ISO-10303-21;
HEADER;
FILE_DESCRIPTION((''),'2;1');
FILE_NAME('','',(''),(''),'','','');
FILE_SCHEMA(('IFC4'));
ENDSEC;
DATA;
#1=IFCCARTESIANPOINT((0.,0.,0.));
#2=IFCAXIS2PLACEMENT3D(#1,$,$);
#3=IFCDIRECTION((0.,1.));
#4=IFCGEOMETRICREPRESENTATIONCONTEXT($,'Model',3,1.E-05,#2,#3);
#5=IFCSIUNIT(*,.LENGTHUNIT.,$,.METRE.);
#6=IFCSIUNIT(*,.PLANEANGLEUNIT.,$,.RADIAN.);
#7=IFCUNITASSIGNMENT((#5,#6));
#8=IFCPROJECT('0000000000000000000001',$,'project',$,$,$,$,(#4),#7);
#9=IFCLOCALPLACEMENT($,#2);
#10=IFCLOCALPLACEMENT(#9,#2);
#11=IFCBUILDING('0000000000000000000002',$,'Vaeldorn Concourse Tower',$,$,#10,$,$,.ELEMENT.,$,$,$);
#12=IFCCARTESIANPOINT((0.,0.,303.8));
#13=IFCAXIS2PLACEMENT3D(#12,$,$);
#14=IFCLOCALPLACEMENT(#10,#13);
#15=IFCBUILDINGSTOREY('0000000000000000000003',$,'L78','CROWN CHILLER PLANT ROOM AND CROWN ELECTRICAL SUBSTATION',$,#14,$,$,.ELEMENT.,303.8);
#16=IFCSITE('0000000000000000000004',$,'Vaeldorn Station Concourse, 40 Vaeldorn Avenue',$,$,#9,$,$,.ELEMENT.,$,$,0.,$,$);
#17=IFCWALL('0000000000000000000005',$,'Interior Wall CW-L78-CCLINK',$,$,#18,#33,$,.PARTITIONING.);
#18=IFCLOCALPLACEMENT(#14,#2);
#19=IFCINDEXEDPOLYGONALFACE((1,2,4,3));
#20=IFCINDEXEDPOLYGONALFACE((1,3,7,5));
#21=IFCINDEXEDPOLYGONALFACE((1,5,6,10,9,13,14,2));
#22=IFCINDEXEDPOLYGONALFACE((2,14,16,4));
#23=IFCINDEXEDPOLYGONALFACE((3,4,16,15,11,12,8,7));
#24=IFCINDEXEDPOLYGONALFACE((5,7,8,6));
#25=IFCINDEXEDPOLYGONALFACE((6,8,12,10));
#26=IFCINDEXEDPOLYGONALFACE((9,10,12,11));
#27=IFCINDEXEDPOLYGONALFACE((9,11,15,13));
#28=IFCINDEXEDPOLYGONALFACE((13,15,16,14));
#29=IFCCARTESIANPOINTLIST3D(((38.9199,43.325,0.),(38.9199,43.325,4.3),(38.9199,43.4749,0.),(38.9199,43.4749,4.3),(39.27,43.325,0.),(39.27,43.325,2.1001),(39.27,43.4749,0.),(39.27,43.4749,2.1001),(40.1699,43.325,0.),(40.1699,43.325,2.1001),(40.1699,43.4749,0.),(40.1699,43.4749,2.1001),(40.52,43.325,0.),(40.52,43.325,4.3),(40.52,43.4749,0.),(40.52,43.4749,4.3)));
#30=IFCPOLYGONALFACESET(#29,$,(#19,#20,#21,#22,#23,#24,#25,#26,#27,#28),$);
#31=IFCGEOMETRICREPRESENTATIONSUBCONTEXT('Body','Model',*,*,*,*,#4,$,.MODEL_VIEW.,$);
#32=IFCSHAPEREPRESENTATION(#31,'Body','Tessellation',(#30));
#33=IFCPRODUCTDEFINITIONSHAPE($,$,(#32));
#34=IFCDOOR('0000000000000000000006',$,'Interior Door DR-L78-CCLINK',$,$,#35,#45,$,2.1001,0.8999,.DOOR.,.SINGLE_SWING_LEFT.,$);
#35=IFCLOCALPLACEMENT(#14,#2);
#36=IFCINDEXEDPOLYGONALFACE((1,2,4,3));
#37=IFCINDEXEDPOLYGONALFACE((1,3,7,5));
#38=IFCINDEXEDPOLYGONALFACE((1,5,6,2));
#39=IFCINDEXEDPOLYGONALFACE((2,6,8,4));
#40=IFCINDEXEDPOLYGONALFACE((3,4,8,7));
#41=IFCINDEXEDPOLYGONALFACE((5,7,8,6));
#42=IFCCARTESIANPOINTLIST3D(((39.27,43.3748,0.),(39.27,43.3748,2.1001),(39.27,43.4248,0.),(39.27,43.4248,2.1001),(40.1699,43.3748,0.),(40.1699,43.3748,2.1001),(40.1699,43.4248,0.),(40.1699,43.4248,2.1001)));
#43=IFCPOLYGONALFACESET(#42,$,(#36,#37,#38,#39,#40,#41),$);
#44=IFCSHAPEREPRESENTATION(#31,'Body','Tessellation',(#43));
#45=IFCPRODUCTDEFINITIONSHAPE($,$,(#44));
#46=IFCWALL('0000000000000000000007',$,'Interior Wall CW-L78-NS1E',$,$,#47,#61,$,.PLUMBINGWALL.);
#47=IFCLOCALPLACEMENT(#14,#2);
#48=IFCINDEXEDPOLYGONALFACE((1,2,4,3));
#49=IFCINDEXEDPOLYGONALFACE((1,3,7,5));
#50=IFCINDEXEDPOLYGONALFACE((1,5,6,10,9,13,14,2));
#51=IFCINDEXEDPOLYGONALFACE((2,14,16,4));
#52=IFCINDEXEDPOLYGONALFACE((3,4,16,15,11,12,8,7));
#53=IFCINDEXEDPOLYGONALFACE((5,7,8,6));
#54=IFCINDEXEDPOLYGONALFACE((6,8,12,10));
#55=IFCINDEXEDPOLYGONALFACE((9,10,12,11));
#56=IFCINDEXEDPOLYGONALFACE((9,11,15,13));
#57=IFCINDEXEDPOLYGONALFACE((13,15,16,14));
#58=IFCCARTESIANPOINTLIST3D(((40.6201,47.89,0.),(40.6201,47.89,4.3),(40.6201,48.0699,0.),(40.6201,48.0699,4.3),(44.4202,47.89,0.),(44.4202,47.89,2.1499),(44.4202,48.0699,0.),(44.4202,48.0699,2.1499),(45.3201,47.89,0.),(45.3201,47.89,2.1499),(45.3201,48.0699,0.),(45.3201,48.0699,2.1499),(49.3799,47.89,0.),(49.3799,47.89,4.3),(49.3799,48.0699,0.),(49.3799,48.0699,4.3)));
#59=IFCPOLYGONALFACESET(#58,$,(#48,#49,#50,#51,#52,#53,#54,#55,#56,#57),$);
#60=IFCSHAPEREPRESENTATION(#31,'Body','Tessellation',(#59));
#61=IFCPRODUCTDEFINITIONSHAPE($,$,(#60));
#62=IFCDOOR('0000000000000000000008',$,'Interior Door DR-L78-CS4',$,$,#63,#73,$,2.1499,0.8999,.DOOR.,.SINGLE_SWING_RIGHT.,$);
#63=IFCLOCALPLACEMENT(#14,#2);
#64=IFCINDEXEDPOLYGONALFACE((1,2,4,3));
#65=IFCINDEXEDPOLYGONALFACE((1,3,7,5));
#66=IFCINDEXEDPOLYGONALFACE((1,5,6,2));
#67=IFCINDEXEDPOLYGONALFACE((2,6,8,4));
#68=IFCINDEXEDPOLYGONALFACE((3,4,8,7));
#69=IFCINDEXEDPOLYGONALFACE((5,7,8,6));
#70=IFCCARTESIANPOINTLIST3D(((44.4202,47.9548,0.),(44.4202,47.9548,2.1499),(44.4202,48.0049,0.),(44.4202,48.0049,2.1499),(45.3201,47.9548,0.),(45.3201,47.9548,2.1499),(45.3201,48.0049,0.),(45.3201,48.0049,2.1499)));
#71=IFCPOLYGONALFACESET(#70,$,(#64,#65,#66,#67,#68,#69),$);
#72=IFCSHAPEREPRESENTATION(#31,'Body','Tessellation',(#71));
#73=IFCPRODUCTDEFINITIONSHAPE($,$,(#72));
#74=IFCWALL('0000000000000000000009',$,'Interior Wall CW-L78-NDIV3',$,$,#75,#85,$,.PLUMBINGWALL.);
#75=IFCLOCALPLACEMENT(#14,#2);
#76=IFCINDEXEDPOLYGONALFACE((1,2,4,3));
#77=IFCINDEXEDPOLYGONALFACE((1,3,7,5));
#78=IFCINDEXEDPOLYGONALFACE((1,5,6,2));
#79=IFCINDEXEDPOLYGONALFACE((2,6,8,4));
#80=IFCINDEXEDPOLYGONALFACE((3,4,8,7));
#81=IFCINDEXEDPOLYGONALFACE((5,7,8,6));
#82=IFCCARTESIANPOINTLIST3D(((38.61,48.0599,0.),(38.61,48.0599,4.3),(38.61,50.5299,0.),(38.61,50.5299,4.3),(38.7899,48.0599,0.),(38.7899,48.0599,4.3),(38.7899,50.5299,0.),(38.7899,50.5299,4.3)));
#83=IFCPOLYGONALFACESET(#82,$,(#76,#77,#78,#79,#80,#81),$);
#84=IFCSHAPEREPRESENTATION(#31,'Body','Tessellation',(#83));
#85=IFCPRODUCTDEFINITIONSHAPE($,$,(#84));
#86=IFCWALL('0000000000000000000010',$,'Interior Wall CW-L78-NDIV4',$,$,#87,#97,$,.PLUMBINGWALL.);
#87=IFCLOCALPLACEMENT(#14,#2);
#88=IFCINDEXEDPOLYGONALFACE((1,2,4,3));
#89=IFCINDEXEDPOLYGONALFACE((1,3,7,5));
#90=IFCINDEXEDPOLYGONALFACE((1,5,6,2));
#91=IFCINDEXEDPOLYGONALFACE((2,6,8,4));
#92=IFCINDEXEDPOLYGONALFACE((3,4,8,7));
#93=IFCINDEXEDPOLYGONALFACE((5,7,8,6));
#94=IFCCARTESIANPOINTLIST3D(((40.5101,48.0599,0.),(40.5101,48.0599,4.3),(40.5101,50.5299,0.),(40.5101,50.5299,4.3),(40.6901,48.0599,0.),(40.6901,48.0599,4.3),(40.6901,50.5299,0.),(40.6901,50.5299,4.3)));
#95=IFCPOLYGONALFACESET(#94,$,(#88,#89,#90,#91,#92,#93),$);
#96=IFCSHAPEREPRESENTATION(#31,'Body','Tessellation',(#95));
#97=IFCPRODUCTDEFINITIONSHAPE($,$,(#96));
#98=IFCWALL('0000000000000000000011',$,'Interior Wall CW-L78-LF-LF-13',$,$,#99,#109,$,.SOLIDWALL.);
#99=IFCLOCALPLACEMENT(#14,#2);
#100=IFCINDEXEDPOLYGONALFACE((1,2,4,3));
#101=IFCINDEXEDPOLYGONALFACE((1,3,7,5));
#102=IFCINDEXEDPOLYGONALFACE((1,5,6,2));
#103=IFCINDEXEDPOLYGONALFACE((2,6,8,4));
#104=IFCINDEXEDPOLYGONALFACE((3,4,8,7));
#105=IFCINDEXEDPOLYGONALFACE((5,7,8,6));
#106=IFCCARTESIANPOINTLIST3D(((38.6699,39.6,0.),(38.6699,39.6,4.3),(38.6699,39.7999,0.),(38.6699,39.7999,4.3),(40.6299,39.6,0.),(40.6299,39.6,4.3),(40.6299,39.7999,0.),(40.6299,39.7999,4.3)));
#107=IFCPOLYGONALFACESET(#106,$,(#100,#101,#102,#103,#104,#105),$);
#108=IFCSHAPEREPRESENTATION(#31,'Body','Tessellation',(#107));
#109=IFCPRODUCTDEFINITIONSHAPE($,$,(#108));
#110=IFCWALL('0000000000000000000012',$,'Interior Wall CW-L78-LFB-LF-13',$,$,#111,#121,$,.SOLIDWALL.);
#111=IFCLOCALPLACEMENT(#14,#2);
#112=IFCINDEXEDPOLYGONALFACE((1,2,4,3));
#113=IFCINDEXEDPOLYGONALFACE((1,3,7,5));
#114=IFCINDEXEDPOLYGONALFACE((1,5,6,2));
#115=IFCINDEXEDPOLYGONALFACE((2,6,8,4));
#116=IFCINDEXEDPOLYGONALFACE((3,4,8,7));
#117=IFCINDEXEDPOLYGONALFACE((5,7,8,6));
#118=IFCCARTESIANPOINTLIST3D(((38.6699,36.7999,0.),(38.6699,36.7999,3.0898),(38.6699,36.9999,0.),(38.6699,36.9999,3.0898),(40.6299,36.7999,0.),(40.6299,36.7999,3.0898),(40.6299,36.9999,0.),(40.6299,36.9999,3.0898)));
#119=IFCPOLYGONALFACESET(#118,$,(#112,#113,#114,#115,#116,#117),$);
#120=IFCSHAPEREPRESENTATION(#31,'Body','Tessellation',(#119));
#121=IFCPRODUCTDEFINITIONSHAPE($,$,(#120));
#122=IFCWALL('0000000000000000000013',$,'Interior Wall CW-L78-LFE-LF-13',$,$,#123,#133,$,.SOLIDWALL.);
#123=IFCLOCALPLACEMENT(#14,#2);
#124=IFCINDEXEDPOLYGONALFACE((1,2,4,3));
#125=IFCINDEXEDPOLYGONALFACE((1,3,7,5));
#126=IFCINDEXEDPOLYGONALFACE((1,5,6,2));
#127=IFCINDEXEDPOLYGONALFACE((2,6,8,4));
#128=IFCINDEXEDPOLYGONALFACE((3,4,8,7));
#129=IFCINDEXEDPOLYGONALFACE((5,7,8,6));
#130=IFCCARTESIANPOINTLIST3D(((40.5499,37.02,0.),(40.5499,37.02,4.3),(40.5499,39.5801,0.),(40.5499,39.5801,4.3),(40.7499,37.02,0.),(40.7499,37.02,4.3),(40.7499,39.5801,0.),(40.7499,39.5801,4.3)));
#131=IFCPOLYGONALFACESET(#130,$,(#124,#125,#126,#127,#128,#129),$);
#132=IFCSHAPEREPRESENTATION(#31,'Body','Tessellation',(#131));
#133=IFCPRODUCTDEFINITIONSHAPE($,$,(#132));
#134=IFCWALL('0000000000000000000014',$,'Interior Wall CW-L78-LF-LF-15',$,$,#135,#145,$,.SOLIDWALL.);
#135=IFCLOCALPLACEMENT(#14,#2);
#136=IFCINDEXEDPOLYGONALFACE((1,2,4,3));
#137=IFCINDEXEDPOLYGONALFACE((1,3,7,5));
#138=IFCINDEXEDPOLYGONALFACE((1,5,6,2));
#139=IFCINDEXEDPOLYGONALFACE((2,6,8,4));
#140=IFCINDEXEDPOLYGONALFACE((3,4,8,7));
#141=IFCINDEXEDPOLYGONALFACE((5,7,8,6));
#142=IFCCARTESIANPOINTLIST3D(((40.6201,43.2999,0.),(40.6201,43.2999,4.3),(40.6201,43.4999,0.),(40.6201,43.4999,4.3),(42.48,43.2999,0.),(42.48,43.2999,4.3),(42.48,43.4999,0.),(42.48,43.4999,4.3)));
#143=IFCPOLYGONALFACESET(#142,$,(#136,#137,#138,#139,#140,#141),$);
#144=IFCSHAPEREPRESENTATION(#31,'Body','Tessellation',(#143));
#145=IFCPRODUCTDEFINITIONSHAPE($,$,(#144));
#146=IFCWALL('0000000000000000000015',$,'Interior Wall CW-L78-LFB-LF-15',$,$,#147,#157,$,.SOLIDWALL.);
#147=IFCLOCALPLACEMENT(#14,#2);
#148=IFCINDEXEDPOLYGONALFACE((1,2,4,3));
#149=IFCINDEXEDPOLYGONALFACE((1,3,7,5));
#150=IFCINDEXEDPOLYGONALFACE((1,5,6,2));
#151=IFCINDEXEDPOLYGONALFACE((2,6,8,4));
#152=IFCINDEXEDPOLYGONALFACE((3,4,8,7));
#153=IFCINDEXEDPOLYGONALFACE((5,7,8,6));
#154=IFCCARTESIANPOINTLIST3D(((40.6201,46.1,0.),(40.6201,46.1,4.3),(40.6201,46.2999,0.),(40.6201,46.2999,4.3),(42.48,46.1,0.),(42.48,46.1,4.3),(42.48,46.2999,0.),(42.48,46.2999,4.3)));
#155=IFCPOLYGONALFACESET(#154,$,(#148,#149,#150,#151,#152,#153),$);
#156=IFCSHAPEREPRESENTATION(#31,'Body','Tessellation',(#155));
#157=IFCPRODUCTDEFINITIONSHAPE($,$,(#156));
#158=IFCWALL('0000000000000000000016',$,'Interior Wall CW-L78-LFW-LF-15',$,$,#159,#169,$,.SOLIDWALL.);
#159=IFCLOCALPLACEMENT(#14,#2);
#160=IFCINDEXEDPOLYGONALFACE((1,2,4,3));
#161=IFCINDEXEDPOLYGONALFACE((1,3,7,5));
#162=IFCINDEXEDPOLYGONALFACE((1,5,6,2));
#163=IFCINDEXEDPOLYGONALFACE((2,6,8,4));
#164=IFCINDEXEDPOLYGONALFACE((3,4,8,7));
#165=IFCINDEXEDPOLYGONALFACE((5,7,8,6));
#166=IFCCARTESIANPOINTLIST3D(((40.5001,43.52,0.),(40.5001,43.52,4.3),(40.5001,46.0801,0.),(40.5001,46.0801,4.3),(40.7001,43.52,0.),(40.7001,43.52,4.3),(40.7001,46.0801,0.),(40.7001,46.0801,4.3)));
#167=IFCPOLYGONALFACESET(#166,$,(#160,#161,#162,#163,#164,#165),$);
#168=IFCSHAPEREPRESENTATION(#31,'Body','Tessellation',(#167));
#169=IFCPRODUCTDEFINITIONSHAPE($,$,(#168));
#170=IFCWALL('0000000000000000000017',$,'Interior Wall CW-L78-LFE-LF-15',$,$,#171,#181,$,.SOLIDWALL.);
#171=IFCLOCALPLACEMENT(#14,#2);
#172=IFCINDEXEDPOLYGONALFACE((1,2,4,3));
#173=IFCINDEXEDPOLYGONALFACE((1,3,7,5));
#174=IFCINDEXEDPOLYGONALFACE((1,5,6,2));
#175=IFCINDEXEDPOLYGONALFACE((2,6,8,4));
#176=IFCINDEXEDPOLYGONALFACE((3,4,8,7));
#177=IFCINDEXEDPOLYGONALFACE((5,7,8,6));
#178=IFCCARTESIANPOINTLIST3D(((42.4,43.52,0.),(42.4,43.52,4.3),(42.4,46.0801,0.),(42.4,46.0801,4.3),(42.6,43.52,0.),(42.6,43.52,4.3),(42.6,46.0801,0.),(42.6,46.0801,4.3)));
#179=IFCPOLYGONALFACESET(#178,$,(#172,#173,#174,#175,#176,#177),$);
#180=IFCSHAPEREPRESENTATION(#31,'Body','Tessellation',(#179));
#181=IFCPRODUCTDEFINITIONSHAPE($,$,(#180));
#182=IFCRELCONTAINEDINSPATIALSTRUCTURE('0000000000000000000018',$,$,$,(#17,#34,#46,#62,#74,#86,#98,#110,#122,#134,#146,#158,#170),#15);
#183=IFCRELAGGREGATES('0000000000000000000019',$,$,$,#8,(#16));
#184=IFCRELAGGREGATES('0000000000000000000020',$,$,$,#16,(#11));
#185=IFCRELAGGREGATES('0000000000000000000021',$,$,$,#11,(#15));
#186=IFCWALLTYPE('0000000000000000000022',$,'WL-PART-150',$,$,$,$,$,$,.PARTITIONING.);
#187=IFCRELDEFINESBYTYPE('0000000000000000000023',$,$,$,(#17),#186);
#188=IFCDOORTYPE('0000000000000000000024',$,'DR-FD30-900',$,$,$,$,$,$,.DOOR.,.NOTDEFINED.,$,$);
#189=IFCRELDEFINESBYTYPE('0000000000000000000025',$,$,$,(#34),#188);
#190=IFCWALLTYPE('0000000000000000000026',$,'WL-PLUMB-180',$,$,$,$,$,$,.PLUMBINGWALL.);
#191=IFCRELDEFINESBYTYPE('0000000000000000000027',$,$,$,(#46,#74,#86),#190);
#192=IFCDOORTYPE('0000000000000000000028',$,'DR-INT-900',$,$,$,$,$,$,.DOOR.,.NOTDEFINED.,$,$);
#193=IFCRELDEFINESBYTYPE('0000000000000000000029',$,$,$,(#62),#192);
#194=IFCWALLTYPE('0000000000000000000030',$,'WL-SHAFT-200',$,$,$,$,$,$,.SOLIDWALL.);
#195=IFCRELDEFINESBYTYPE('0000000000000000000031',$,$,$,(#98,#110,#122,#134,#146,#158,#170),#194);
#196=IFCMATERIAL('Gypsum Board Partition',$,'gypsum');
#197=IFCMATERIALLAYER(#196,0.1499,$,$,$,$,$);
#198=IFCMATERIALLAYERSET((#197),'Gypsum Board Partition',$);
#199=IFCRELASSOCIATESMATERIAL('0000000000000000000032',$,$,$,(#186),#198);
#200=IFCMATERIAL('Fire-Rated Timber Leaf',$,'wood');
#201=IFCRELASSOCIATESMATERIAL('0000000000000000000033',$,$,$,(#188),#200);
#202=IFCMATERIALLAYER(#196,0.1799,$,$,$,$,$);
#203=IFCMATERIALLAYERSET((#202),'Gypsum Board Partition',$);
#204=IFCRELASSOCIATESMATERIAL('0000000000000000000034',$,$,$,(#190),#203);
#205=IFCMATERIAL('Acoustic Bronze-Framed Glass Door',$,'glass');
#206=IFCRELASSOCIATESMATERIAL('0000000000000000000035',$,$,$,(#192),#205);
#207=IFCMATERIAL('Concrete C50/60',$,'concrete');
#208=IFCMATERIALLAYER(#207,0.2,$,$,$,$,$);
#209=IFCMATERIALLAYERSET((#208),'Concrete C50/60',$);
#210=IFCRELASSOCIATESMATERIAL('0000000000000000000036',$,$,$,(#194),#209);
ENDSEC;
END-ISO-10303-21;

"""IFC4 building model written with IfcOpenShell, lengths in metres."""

from ifc_helpers import new_model, si_unit, direction, frame, frame_2d, origin, place, context, subcontext, project, spatial, rectangle, extrude, source, transform, mapped, material, layer, layer_set, type_object, element, fill, save


model = new_model("IFC4")

# Units and contexts
model_context = context("Model", 3, precision=1e-05, world=origin(), true_north=direction((0.0, 1.0)))
body_context = subcontext(model_context, "Body", "Model", "MODEL_VIEW")
ifc_project = project(units=[si_unit("LENGTHUNIT", "METRE"), si_unit("PLANEANGLEUNIT", "RADIAN")], contexts=[model_context])

# Site, building, storey
site_placement = place(None, origin())
site = spatial("IfcSite", under=ifc_project, at=site_placement, Name="Vaeldorn Station Concourse, 40 Vaeldorn Avenue", CompositionType="ELEMENT", RefElevation=0.0)
building_placement = place(site_placement, origin())
building = spatial("IfcBuilding", under=site, at=building_placement, Name="Vaeldorn Concourse Tower", CompositionType="ELEMENT")
storey_placement = place(building_placement, frame((0.0, 0.0, 303.8)))
storey = spatial("IfcBuildingStorey", under=building, at=storey_placement, Name="L78", Description="CROWN CHILLER PLANT ROOM AND CROWN ELECTRICAL SUBSTATION", CompositionType="ELEMENT", Elevation=303.8)

# Shared definitions
ifc_material_1 = material(Name="Concrete C50/60", Category="concrete")

# Walls, openings, doors
ifc_material_2 = material(Name="Gypsum Board Partition", Category="gypsum")
ifc_layer_1 = layer(ifc_material_2, 0.1499)
ifc_layer_set_1 = layer_set([ifc_layer_1], Name="Gypsum Board Partition")
wall_type_1 = type_object("IfcWallType", Name="WL-PART-150", PredefinedType="PARTITIONING", material=ifc_layer_set_1)
ifc_material_3 = material(Name="Fire-Rated Timber Leaf", Category="wood")
door_type_1 = type_object("IfcDoorType", Name="DR-FD30-900", OperationType="NOTDEFINED", PredefinedType="DOOR", material=ifc_material_3)
shared_shape_1 = source(origin(), body_context, "Body", "SweptSolid", [
    extrude(rectangle(XDim=0.8999, YDim=2.1001, at=frame_2d((0.45, 1.05))), frame((0.0, 0.0249, 0.0), z_axis=(0.0, -1.0, 0.0), x_axis=(1.0, 0.0, 0.0)), (0.0, 0.0, 1.0), 0.05),
])
wall_1_placement = place(storey_placement, frame((38.9199, 43.3999, 0.0), z_axis=(0.0, 0.0, 1.0), x_axis=(1.0, 0.0, 0.0)))
wall_1 = element("IfcWall", 1, at=wall_1_placement, inside=storey, type_object=wall_type_1, Name="Interior Wall CW-L78-CCLINK", PredefinedType="PARTITIONING", context=body_context, shape_type="SweptSolid", body=[
    extrude(rectangle(XDim=1.6001, YDim=0.1499, at=frame_2d((0.8, 0.0))), origin(), (0.0, 0.0, 1.0), 4.3),
])
opening_1_placement = place(wall_1_placement, frame((0.3501, 0.0, 0.0)))
opening_1 = element("IfcOpeningElement", 2, at=opening_1_placement, cuts=wall_1, PredefinedType="OPENING", context=body_context, shape_type="SweptSolid", body=[
    extrude(rectangle(XDim=0.8999, YDim=2.1001, at=frame_2d((0.45, 1.05))), frame((0.0, 0.085, 0.0), z_axis=(0.0, -1.0, 0.0), x_axis=(1.0, 0.0, 0.0)), (0.0, 0.0, 1.0), 0.1699),
])
door_1_placement = place(opening_1_placement, origin())
door_1 = element("IfcDoor", 3, at=door_1_placement, inside=storey, type_object=door_type_1, Name="Interior Door DR-L78-CCLINK", OperationType="SINGLE_SWING_LEFT", OverallHeight=2.1001, OverallWidth=0.8999, PredefinedType="DOOR", context=body_context, shape_type="MappedRepresentation", body=[
    mapped(shared_shape_1, transform((0.0, 0.0, 0.0), scale=1.0)),
])
fill(opening_1, door_1)
ifc_layer_2 = layer(ifc_material_2, 0.1799)
ifc_layer_set_2 = layer_set([ifc_layer_2], Name="Gypsum Board Partition")
wall_type_2 = type_object("IfcWallType", Name="WL-PLUMB-180", PredefinedType="PLUMBINGWALL", material=ifc_layer_set_2)
wall_2_placement = place(storey_placement, frame((40.6201, 47.98, 0.0), z_axis=(0.0, 0.0, 1.0), x_axis=(1.0, 0.0, 0.0)))
wall_2 = element("IfcWall", 4, at=wall_2_placement, inside=storey, type_object=wall_type_2, Name="Interior Wall CW-L78-NS1E", PredefinedType="PLUMBINGWALL", context=body_context, shape_type="SweptSolid", body=[
    extrude(rectangle(XDim=8.7598, YDim=0.1799, at=frame_2d((4.3799, 0.0))), origin(), (0.0, 0.0, 1.0), 4.3),
])
opening_2_placement = place(wall_2_placement, frame((3.8, 0.0, 0.0)))
opening_2 = element("IfcOpeningElement", 5, at=opening_2_placement, cuts=wall_2, PredefinedType="OPENING", context=body_context, shape_type="SweptSolid", body=[
    extrude(rectangle(XDim=0.8999, YDim=2.1499, at=frame_2d((0.45, 1.075))), frame((0.0, 0.1001, 0.0), z_axis=(0.0, -1.0, 0.0), x_axis=(1.0, 0.0, 0.0)), (0.0, 0.0, 1.0), 0.2),
])
ifc_material_4 = material(Name="Acoustic Bronze-Framed Glass Door", Category="glass")
door_type_2 = type_object("IfcDoorType", Name="DR-INT-900", OperationType="NOTDEFINED", PredefinedType="DOOR", material=ifc_material_4)
shared_shape_2 = source(origin(), body_context, "Body", "SweptSolid", [
    extrude(rectangle(XDim=0.8999, YDim=2.1499, at=frame_2d((0.45, 1.075))), frame((0.0, 0.0249, 0.0), z_axis=(0.0, -1.0, 0.0), x_axis=(1.0, 0.0, 0.0)), (0.0, 0.0, 1.0), 0.05),
])
door_2_placement = place(opening_2_placement, origin())
door_2 = element("IfcDoor", 6, at=door_2_placement, inside=storey, type_object=door_type_2, Name="Interior Door DR-L78-CS4", OperationType="SINGLE_SWING_RIGHT", OverallHeight=2.1499, OverallWidth=0.8999, PredefinedType="DOOR", context=body_context, shape_type="MappedRepresentation", body=[
    mapped(shared_shape_2, transform((0.0, 0.0, 0.0), scale=1.0)),
])
fill(opening_2, door_2)

# Walls
for number, where, z_axis, x_axis, name in (
    (7, (38.7, 48.0601, 0.0), (0.0, 0.0, 1.0), (0.0, 1.0, 0.0), "Interior Wall CW-L78-NDIV3"),
    (8, (40.6001, 48.0601, 0.0), (0.0, 0.0, 1.0), (0.0, 1.0, 0.0), "Interior Wall CW-L78-NDIV4"),
):
    element("IfcWall", number, at=place(storey_placement, frame(where, z_axis=z_axis, x_axis=x_axis)), inside=storey, type_object=wall_type_2, Name=name, PredefinedType="PLUMBINGWALL", context=body_context, shape_type="SweptSolid", body=[
        extrude(rectangle(XDim=2.47, YDim=0.1799, at=frame_2d((1.2349, 0.0))), origin(), (0.0, 0.0, 1.0), 4.3),
    ])
ifc_layer_3 = layer(ifc_material_1, 0.2)
ifc_layer_set_3 = layer_set([ifc_layer_3], Name="Concrete C50/60")
wall_type_3 = type_object("IfcWallType", Name="WL-SHAFT-200", PredefinedType="SOLIDWALL", material=ifc_layer_set_3)
wall_3_placement = place(storey_placement, frame((38.6699, 39.7, 0.0), z_axis=(0.0, 0.0, 1.0), x_axis=(1.0, 0.0, 0.0)))
element("IfcWall", 9, at=wall_3_placement, inside=storey, type_object=wall_type_3, Name="Interior Wall CW-L78-LF-LF-13", PredefinedType="SOLIDWALL", context=body_context, shape_type="SweptSolid", body=[
    extrude(rectangle(XDim=1.96, YDim=0.2, at=frame_2d((0.98, 0.0))), origin(), (0.0, 0.0, 1.0), 4.3),
])
wall_4_placement = place(storey_placement, frame((38.6699, 36.8999, 0.0), z_axis=(0.0, 0.0, 1.0), x_axis=(1.0, 0.0, 0.0)))
element("IfcWall", 10, at=wall_4_placement, inside=storey, type_object=wall_type_3, Name="Interior Wall CW-L78-LFB-LF-13", PredefinedType="SOLIDWALL", context=body_context, shape_type="SweptSolid", body=[
    extrude(rectangle(XDim=1.96, YDim=0.2, at=frame_2d((0.98, 0.0))), origin(), (0.0, 0.0, 1.0), 3.0898),
])
wall_5_placement = place(storey_placement, frame((40.6499, 37.02, 0.0), z_axis=(0.0, 0.0, 1.0), x_axis=(0.0, 1.0, 0.0)))
element("IfcWall", 11, at=wall_5_placement, inside=storey, type_object=wall_type_3, Name="Interior Wall CW-L78-LFE-LF-13", PredefinedType="SOLIDWALL", context=body_context, shape_type="SweptSolid", body=[
    extrude(rectangle(XDim=2.5601, YDim=0.2, at=frame_2d((1.28, 0.0))), origin(), (0.0, 0.0, 1.0), 4.3),
])
for number, where, z_axis, x_axis, name in (
    (12, (40.6201, 43.3999, 0.0), (0.0, 0.0, 1.0), (1.0, 0.0, 0.0), "Interior Wall CW-L78-LF-LF-15"),
    (13, (40.6201, 46.2, 0.0), (0.0, 0.0, 1.0), (1.0, 0.0, 0.0), "Interior Wall CW-L78-LFB-LF-15"),
):
    element("IfcWall", number, at=place(storey_placement, frame(where, z_axis=z_axis, x_axis=x_axis)), inside=storey, type_object=wall_type_3, Name=name, PredefinedType="SOLIDWALL", context=body_context, shape_type="SweptSolid", body=[
        extrude(rectangle(XDim=1.8599, YDim=0.2, at=frame_2d((0.9299, 0.0))), origin(), (0.0, 0.0, 1.0), 4.3),
    ])
for number, where, z_axis, x_axis, name in (
    (14, (40.6001, 43.52, 0.0), (0.0, 0.0, 1.0), (0.0, 1.0, 0.0), "Interior Wall CW-L78-LFW-LF-15"),
    (15, (42.5, 43.52, 0.0), (0.0, 0.0, 1.0), (0.0, 1.0, 0.0), "Interior Wall CW-L78-LFE-LF-15"),
):
    element("IfcWall", number, at=place(storey_placement, frame(where, z_axis=z_axis, x_axis=x_axis)), inside=storey, type_object=wall_type_3, Name=name, PredefinedType="SOLIDWALL", context=body_context, shape_type="SweptSolid", body=[
        extrude(rectangle(XDim=2.5601, YDim=0.2, at=frame_2d((1.28, 0.0))), origin(), (0.0, 0.0, 1.0), 4.3),
    ])

save(model, "model.ifc")
